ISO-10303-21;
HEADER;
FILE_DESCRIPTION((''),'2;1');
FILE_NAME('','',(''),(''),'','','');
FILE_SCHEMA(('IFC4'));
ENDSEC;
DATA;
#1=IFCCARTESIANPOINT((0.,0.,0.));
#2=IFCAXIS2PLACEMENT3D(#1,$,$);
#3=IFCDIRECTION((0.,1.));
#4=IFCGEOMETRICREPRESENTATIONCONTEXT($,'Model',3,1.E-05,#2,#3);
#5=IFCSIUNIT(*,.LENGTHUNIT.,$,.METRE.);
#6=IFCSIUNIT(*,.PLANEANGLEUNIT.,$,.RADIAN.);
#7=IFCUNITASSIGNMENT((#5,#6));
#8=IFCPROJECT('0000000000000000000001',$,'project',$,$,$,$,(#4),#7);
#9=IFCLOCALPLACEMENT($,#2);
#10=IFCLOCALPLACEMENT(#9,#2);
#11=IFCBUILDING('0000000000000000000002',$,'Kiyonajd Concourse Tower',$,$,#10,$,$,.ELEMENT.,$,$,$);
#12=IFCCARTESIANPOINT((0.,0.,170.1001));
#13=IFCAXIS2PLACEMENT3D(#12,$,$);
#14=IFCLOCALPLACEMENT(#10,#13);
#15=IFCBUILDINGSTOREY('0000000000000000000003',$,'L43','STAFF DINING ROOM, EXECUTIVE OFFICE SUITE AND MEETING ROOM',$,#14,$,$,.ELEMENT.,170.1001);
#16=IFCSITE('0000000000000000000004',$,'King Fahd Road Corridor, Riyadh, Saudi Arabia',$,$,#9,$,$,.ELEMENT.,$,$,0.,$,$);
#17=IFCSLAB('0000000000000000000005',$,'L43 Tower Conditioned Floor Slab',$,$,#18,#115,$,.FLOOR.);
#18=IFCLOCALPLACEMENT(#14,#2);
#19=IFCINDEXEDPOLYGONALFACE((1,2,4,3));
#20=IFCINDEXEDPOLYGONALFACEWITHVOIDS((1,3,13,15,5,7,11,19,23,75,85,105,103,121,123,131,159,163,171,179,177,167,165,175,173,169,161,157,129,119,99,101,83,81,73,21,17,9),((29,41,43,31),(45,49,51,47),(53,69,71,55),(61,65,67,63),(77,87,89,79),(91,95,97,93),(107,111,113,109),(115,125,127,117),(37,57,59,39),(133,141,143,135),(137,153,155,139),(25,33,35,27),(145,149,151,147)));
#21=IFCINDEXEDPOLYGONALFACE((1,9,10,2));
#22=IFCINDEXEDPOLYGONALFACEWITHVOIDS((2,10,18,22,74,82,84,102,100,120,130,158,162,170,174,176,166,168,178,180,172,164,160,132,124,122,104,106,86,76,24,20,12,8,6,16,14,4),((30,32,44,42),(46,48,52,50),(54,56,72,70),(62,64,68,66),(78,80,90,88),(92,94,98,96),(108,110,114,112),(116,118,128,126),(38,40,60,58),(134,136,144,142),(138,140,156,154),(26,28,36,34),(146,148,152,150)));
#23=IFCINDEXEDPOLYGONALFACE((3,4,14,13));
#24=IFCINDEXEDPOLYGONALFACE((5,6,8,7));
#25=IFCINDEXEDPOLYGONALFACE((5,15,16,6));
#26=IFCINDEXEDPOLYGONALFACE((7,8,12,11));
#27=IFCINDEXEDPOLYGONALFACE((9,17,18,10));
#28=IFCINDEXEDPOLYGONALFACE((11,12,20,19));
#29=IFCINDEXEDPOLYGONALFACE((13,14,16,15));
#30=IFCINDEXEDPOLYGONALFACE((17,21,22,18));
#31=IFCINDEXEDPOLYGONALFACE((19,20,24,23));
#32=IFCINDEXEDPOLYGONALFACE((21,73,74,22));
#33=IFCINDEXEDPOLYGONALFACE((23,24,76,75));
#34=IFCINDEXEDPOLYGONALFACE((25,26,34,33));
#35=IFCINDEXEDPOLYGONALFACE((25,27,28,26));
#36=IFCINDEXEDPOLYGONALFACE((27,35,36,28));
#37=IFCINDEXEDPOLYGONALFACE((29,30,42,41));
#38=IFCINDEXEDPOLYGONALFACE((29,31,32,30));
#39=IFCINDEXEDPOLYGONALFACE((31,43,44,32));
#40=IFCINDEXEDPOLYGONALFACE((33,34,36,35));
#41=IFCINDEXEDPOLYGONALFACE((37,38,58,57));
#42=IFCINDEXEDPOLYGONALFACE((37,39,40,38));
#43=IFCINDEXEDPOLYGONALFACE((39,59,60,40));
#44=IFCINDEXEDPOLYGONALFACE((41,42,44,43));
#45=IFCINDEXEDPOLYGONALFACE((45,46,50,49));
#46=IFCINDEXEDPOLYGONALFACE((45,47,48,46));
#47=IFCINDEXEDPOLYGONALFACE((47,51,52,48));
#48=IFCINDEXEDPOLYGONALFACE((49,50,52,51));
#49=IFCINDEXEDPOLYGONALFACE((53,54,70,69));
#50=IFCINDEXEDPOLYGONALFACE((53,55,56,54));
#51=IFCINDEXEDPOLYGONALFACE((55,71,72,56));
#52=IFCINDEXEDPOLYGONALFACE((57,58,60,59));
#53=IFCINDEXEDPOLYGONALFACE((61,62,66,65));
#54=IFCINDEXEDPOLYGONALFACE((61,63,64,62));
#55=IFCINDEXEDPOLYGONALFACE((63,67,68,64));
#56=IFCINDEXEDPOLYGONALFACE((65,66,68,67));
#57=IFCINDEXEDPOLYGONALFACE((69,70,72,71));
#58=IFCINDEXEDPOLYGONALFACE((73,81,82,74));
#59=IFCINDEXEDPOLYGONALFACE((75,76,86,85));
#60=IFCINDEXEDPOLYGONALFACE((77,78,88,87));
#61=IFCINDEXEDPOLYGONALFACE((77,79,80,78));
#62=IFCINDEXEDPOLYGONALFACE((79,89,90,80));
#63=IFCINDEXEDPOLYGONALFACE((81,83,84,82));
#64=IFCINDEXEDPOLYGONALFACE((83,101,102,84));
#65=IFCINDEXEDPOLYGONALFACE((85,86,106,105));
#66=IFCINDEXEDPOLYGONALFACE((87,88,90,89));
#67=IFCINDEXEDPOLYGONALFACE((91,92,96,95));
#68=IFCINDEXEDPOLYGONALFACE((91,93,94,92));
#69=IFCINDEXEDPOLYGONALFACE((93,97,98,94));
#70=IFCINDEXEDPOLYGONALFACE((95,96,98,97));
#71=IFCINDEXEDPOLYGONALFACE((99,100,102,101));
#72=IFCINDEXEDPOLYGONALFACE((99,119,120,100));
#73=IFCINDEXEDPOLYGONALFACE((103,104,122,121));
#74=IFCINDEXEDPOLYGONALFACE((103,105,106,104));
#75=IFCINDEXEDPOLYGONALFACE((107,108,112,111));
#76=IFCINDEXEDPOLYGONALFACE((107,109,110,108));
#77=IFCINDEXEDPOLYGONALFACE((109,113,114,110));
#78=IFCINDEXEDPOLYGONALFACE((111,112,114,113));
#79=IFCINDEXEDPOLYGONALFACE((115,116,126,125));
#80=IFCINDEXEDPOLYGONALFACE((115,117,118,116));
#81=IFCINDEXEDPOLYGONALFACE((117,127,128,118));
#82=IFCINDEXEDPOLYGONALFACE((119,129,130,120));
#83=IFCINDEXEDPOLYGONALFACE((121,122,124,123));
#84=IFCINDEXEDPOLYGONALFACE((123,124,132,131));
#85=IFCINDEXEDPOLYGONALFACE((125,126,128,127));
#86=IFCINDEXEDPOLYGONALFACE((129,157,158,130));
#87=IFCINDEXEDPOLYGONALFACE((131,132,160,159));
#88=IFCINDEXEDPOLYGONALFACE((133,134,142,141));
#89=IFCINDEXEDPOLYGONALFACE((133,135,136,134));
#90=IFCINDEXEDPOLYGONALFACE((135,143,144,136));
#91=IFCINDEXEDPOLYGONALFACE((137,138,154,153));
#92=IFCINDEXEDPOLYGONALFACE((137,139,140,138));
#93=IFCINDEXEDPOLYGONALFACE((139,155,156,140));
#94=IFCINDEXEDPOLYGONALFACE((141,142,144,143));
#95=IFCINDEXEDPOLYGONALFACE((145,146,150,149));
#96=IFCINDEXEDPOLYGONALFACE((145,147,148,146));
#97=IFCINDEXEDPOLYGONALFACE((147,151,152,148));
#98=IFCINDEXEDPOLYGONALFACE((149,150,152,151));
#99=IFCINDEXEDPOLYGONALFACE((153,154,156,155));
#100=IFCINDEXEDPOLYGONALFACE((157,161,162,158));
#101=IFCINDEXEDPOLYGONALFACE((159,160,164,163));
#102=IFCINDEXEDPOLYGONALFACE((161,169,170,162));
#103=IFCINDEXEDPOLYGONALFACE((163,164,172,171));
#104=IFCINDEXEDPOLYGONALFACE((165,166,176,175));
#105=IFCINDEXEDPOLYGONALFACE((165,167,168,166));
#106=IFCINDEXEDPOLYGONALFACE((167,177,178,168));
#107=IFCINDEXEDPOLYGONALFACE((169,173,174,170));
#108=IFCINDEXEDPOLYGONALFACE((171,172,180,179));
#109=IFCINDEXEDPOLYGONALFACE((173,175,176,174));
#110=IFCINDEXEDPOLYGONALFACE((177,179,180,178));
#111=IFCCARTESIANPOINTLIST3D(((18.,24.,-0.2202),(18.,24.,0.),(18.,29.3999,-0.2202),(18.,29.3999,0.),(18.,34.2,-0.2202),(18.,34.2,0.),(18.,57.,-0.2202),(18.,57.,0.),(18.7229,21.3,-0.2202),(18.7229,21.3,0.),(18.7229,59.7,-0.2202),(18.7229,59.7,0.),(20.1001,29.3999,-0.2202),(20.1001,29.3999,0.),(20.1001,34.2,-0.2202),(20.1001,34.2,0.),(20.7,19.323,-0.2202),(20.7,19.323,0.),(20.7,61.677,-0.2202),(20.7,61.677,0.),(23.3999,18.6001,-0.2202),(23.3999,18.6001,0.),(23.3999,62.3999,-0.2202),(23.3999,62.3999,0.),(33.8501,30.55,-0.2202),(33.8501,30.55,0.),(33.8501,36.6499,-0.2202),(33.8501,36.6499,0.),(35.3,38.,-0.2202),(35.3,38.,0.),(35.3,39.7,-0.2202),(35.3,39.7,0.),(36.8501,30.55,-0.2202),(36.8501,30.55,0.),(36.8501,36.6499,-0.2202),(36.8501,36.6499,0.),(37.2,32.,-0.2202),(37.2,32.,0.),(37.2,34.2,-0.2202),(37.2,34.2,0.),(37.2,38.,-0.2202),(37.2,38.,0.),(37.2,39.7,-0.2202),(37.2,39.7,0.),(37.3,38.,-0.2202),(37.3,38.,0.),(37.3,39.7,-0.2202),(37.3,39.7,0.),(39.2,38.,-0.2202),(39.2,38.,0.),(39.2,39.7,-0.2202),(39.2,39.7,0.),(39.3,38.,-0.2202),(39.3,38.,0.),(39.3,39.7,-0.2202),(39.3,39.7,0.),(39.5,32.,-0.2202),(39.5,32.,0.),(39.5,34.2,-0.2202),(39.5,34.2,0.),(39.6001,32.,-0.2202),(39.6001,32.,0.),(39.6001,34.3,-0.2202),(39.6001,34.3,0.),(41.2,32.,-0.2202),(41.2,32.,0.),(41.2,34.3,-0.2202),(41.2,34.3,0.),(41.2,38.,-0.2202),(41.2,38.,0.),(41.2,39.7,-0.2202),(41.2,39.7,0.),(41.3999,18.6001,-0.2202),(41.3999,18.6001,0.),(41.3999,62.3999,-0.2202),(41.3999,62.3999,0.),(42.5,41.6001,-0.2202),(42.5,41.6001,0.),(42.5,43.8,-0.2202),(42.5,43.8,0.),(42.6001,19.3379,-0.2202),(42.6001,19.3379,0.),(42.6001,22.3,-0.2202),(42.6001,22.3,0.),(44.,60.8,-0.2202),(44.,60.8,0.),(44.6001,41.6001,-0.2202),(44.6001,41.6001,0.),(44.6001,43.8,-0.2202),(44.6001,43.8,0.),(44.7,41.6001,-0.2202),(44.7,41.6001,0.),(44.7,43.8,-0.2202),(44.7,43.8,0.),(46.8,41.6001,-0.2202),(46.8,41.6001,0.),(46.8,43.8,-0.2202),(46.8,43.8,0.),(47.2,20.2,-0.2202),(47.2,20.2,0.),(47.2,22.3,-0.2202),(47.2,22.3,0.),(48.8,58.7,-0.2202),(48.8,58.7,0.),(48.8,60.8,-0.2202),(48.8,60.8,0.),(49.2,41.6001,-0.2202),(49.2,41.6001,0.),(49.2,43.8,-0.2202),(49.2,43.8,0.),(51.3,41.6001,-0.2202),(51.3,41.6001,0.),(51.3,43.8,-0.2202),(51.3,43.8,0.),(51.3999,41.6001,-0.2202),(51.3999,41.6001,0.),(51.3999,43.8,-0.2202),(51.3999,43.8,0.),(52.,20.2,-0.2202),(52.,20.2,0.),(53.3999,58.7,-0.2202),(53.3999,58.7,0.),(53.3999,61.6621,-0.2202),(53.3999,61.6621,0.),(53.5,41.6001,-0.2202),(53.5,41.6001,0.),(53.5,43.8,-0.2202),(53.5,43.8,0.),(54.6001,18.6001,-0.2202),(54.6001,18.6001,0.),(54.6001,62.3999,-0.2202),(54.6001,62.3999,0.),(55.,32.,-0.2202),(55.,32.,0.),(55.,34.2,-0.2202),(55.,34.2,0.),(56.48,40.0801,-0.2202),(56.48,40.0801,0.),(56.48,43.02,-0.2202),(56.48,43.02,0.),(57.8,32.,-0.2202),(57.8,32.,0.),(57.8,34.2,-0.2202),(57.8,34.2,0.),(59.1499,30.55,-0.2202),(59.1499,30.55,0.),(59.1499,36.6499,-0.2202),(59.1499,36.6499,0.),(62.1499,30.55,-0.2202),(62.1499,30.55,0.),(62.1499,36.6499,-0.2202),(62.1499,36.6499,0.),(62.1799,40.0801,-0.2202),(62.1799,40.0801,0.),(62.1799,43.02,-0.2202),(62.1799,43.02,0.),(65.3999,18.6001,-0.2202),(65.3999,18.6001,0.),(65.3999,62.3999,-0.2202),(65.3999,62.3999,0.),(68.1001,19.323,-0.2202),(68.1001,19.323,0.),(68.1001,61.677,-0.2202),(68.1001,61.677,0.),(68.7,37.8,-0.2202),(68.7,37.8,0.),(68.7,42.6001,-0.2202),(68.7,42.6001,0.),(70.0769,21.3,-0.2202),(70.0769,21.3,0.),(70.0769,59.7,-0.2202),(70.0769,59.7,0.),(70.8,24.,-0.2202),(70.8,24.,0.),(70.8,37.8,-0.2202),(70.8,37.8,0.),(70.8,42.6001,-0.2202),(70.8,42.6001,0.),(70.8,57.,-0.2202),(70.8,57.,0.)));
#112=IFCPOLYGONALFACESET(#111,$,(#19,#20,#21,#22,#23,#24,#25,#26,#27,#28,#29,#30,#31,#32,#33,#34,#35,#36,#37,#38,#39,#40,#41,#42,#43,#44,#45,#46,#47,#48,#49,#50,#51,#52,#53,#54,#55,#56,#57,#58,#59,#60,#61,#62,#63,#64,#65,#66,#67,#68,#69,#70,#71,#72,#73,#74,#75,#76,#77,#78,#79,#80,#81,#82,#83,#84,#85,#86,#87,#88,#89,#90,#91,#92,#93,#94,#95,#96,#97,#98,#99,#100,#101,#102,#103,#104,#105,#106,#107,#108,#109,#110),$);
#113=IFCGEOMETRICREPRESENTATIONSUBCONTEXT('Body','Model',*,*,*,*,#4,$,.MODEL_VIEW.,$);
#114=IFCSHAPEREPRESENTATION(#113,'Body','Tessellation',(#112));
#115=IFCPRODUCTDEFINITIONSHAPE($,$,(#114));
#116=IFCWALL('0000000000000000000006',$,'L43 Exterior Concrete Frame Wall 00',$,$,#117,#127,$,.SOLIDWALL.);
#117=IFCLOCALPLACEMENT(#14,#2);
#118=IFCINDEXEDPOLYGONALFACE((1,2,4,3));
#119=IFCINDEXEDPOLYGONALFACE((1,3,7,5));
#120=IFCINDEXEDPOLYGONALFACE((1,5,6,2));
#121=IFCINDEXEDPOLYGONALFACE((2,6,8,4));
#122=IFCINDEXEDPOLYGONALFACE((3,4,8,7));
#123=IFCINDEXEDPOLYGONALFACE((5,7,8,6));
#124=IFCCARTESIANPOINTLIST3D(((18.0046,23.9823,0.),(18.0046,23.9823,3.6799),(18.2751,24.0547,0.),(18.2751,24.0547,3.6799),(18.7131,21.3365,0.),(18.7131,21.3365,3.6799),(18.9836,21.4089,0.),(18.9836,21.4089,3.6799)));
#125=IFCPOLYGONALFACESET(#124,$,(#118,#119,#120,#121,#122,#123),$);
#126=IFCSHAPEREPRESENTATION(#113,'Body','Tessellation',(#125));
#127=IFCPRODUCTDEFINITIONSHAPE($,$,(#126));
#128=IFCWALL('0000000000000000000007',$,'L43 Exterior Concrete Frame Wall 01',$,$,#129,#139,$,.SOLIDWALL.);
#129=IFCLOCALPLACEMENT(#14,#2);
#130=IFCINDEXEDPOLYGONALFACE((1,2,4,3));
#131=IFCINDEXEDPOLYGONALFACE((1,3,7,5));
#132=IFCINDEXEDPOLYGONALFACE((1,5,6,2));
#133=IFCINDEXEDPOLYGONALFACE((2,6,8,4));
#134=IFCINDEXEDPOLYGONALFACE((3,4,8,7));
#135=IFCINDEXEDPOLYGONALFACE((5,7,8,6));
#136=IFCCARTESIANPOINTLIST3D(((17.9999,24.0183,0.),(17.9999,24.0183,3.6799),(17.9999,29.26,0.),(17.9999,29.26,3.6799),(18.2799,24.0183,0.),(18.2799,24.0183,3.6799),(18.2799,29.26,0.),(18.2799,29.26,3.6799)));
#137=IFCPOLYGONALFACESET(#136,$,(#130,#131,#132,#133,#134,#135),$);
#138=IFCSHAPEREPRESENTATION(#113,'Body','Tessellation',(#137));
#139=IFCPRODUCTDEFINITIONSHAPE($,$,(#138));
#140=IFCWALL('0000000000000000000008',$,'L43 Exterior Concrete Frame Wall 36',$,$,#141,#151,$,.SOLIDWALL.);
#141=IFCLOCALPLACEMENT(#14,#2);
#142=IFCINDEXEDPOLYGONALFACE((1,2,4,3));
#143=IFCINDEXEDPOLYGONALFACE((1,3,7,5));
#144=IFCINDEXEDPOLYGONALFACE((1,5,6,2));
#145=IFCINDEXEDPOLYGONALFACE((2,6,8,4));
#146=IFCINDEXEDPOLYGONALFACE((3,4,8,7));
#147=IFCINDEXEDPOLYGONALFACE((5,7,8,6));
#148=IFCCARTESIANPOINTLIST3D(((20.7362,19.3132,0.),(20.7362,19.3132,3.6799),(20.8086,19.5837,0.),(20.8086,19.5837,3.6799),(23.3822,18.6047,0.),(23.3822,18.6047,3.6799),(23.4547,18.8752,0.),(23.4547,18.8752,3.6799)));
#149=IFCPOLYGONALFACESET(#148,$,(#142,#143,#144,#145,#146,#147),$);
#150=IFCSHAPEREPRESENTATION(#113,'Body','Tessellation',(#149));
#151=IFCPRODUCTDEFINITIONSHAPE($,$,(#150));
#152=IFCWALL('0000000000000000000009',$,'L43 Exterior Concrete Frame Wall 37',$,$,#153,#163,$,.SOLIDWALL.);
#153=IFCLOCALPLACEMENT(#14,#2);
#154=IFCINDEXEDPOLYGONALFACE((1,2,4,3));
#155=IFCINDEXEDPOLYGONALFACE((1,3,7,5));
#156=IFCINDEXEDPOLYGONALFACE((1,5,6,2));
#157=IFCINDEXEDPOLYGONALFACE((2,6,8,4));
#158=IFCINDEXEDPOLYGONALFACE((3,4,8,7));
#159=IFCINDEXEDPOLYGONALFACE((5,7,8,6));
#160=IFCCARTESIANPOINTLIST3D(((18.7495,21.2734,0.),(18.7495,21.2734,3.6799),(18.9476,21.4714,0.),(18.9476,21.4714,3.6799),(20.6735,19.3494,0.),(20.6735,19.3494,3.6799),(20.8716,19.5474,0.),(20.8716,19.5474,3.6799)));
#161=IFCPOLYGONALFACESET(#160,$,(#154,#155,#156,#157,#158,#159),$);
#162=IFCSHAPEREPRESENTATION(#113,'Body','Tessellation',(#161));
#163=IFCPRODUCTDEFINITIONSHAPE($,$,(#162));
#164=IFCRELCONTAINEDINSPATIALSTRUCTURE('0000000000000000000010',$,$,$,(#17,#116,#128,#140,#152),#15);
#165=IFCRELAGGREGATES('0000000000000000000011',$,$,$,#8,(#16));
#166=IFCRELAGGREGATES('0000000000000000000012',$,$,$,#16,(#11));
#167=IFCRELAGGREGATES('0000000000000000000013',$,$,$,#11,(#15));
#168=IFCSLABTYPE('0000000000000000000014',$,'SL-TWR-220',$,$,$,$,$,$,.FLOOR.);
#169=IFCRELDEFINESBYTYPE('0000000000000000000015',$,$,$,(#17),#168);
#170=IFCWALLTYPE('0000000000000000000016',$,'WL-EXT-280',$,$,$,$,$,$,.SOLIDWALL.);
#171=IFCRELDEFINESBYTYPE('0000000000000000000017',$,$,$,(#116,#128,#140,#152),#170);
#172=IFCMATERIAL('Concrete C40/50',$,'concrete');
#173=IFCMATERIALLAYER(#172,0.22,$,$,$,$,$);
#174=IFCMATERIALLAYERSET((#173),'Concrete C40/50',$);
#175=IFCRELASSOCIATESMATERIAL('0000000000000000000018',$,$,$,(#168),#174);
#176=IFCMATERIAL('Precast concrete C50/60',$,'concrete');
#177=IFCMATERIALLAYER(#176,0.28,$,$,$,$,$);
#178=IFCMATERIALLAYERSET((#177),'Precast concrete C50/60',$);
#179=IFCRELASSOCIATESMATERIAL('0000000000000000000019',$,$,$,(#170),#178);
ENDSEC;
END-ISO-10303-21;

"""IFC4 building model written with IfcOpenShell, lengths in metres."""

from ifc_helpers import new_model, si_unit, direction, frame, frame_2d, origin, place, context, subcontext, project, spatial, polyline, rectangle, outline, extrude, material, layer, layer_set, type_object, element, save


model = new_model("IFC4")

# Units and contexts
model_context = context("Model", 3, precision=1e-05, world=origin(), true_north=direction((0.0, 1.0)))
body_context = subcontext(model_context, "Body", "Model", "MODEL_VIEW")
ifc_project = project(units=[si_unit("LENGTHUNIT", "METRE"), si_unit("PLANEANGLEUNIT", "RADIAN")], contexts=[model_context])

# Site, building, storey
site_placement = place(None, origin())
site = spatial("IfcSite", under=ifc_project, at=site_placement, Name="King Fahd Road Corridor, Riyadh, Saudi Arabia", CompositionType="ELEMENT", RefElevation=0.0)
building_placement = place(site_placement, origin())
building = spatial("IfcBuilding", under=site, at=building_placement, Name="Kiyonajd Concourse Tower", CompositionType="ELEMENT")
storey_placement = place(building_placement, frame((0.0, 0.0, 170.1001)))
storey = spatial("IfcBuildingStorey", under=building, at=storey_placement, Name="L43", Description="STAFF DINING ROOM, EXECUTIVE OFFICE SUITE AND MEETING ROOM", CompositionType="ELEMENT", Elevation=170.1001)

# Shared definitions
ifc_material_1 = material(Name="Concrete C40/50", Category="concrete")

# Slab
ifc_material_2 = material(Name="Precast concrete C50/60", Category="concrete")
ifc_layer_1 = layer(ifc_material_1, 0.22)
ifc_layer_set_1 = layer_set([ifc_layer_1], Name="Concrete C40/50")
slab_type_1 = type_object("IfcSlabType", Name="SL-TWR-220", PredefinedType="FLOOR", material=ifc_layer_set_1)
slab_1_placement = place(storey_placement, frame((0.0, 0.0, -0.2202)))
element("IfcSlab", 1, at=slab_1_placement, inside=storey, type_object=slab_type_1, Name="L43 Tower Conditioned Floor Slab", PredefinedType="FLOOR", context=body_context, shape_type="SweptSolid", body=[
    extrude(outline(polyline([(18.7229, 21.3), (18.0, 24.0), (18.0, 29.3999), (20.1001, 29.3999), (20.1001, 34.2), (18.0, 34.2), (18.0, 57.0), (18.7229, 59.7), (20.7, 61.677), (23.3999, 62.3999), (41.3999, 62.3999), (44.0, 60.8), (48.8, 60.8), (48.8, 58.7), (53.3999, 58.7), (53.3999, 61.6621), (54.6001, 62.3999), (65.3999, 62.3999), (68.1001, 61.677), (70.0769, 59.7), (70.8, 57.0), (70.8, 42.6001), (68.7, 42.6001), (68.7, 37.8), (70.8, 37.8), (70.8, 24.0), (70.0769, 21.3), (68.1001, 19.323), (65.3999, 18.6001), (54.6001, 18.6001), (52.0, 20.2), (47.2, 20.2), (47.2, 22.3), (42.6001, 22.3), (42.6001, 19.3379), (41.3999, 18.6001), (23.3999, 18.6001), (20.7, 19.323), (18.7229, 21.3)]), holes=[polyline([(39.5, 32.0), (37.2, 32.0), (37.2, 34.2), (39.5, 34.2), (39.5, 32.0)]), polyline([(39.6001, 32.0), (39.6001, 34.3), (41.2, 34.3), (41.2, 32.0), (39.6001, 32.0)]), polyline([(33.8501, 30.55), (33.8501, 36.6499), (36.8501, 36.6499), (36.8501, 30.55), (33.8501, 30.55)]), polyline([(37.2, 38.0), (35.3, 38.0), (35.3, 39.7), (37.2, 39.7), (37.2, 38.0)]), polyline([(37.3, 38.0), (37.3, 39.7), (39.2, 39.7), (39.2, 38.0), (37.3, 38.0)]), polyline([(39.3, 38.0), (39.3, 39.7), (41.2, 39.7), (41.2, 38.0), (39.3, 38.0)]), polyline([(44.6001, 41.6001), (42.5, 41.6001), (42.5, 43.8), (44.6001, 43.8), (44.6001, 41.6001)]), polyline([(55.0, 32.0), (55.0, 34.2), (57.8, 34.2), (57.8, 32.0), (55.0, 32.0)]), polyline([(59.1499, 30.55), (59.1499, 36.6499), (62.1499, 36.6499), (62.1499, 30.55), (59.1499, 30.55)]), polyline([(56.48, 43.02), (62.1799, 43.02), (62.1799, 40.0801), (56.48, 40.0801), (56.48, 43.02)]), polyline([(44.7, 41.6001), (44.7, 43.8), (46.8, 43.8), (46.8, 41.6001), (44.7, 41.6001)]), polyline([(49.2, 41.6001), (49.2, 43.8), (51.3, 43.8), (51.3, 41.6001), (49.2, 41.6001)]), polyline([(51.3999, 41.6001), (51.3999, 43.8), (53.5, 43.8), (53.5, 41.6001), (51.3999, 41.6001)])]), origin(), (0.0, 0.0, 1.0), 0.2202),
])

# Walls
ifc_layer_2 = layer(ifc_material_2, 0.28)
ifc_layer_set_2 = layer_set([ifc_layer_2], Name="Precast concrete C50/60")
wall_type_1 = type_object("IfcWallType", Name="WL-EXT-280", PredefinedType="SOLIDWALL", material=ifc_layer_set_2)
wall_1_placement = place(storey_placement, frame((18.8484, 21.3726, 0.0), z_axis=(0.0, 0.0, 1.0), x_axis=(-0.258672, 0.965965, 0.0)))
element("IfcWall", 2, at=wall_1_placement, inside=storey, type_object=wall_type_1, Name="L43 Exterior Concrete Frame Wall 00", PredefinedType="SOLIDWALL", context=body_context, shape_type="SweptSolid", body=[
    extrude(rectangle(XDim=2.739, YDim=0.28, at=frame_2d((1.3696, 0.0))), origin(), (0.0, 0.0, 1.0), 3.6799),
])
wall_2_placement = place(storey_placement, frame((18.1399, 24.0183, 0.0), z_axis=(0.0, 0.0, 1.0), x_axis=(0.0, 1.0, 0.0)))
element("IfcWall", 3, at=wall_2_placement, inside=storey, type_object=wall_type_1, Name="L43 Exterior Concrete Frame Wall 01", PredefinedType="SOLIDWALL", context=body_context, shape_type="SweptSolid", body=[
    extrude(rectangle(XDim=5.2417, YDim=0.28, at=frame_2d((2.6208, 0.0))), origin(), (0.0, 0.0, 1.0), 3.6799),
])
wall_3_placement = place(storey_placement, frame((23.4185, 18.74, 0.0), z_axis=(0.0, 0.0, 1.0), x_axis=(-0.965971, 0.25865, 0.0)))
element("IfcWall", 4, at=wall_3_placement, inside=storey, type_object=wall_type_1, Name="L43 Exterior Concrete Frame Wall 36", PredefinedType="SOLIDWALL", context=body_context, shape_type="SweptSolid", body=[
    extrude(rectangle(XDim=2.7393, YDim=0.28, at=frame_2d((1.3696, 0.0))), origin(), (0.0, 0.0, 1.0), 3.6799),
])
wall_4_placement = place(storey_placement, frame((20.7725, 19.4485, 0.0), z_axis=(0.0, 0.0, 1.0), x_axis=(-0.707107, 0.707107, 0.0)))
element("IfcWall", 5, at=wall_4_placement, inside=storey, type_object=wall_type_1, Name="L43 Exterior Concrete Frame Wall 37", PredefinedType="SOLIDWALL", context=body_context, shape_type="SweptSolid", body=[
    extrude(rectangle(XDim=2.7209, YDim=0.28, at=frame_2d((1.3604, 0.0))), origin(), (0.0, 0.0, 1.0), 3.6799),
])

save(model, "model.ifc")
